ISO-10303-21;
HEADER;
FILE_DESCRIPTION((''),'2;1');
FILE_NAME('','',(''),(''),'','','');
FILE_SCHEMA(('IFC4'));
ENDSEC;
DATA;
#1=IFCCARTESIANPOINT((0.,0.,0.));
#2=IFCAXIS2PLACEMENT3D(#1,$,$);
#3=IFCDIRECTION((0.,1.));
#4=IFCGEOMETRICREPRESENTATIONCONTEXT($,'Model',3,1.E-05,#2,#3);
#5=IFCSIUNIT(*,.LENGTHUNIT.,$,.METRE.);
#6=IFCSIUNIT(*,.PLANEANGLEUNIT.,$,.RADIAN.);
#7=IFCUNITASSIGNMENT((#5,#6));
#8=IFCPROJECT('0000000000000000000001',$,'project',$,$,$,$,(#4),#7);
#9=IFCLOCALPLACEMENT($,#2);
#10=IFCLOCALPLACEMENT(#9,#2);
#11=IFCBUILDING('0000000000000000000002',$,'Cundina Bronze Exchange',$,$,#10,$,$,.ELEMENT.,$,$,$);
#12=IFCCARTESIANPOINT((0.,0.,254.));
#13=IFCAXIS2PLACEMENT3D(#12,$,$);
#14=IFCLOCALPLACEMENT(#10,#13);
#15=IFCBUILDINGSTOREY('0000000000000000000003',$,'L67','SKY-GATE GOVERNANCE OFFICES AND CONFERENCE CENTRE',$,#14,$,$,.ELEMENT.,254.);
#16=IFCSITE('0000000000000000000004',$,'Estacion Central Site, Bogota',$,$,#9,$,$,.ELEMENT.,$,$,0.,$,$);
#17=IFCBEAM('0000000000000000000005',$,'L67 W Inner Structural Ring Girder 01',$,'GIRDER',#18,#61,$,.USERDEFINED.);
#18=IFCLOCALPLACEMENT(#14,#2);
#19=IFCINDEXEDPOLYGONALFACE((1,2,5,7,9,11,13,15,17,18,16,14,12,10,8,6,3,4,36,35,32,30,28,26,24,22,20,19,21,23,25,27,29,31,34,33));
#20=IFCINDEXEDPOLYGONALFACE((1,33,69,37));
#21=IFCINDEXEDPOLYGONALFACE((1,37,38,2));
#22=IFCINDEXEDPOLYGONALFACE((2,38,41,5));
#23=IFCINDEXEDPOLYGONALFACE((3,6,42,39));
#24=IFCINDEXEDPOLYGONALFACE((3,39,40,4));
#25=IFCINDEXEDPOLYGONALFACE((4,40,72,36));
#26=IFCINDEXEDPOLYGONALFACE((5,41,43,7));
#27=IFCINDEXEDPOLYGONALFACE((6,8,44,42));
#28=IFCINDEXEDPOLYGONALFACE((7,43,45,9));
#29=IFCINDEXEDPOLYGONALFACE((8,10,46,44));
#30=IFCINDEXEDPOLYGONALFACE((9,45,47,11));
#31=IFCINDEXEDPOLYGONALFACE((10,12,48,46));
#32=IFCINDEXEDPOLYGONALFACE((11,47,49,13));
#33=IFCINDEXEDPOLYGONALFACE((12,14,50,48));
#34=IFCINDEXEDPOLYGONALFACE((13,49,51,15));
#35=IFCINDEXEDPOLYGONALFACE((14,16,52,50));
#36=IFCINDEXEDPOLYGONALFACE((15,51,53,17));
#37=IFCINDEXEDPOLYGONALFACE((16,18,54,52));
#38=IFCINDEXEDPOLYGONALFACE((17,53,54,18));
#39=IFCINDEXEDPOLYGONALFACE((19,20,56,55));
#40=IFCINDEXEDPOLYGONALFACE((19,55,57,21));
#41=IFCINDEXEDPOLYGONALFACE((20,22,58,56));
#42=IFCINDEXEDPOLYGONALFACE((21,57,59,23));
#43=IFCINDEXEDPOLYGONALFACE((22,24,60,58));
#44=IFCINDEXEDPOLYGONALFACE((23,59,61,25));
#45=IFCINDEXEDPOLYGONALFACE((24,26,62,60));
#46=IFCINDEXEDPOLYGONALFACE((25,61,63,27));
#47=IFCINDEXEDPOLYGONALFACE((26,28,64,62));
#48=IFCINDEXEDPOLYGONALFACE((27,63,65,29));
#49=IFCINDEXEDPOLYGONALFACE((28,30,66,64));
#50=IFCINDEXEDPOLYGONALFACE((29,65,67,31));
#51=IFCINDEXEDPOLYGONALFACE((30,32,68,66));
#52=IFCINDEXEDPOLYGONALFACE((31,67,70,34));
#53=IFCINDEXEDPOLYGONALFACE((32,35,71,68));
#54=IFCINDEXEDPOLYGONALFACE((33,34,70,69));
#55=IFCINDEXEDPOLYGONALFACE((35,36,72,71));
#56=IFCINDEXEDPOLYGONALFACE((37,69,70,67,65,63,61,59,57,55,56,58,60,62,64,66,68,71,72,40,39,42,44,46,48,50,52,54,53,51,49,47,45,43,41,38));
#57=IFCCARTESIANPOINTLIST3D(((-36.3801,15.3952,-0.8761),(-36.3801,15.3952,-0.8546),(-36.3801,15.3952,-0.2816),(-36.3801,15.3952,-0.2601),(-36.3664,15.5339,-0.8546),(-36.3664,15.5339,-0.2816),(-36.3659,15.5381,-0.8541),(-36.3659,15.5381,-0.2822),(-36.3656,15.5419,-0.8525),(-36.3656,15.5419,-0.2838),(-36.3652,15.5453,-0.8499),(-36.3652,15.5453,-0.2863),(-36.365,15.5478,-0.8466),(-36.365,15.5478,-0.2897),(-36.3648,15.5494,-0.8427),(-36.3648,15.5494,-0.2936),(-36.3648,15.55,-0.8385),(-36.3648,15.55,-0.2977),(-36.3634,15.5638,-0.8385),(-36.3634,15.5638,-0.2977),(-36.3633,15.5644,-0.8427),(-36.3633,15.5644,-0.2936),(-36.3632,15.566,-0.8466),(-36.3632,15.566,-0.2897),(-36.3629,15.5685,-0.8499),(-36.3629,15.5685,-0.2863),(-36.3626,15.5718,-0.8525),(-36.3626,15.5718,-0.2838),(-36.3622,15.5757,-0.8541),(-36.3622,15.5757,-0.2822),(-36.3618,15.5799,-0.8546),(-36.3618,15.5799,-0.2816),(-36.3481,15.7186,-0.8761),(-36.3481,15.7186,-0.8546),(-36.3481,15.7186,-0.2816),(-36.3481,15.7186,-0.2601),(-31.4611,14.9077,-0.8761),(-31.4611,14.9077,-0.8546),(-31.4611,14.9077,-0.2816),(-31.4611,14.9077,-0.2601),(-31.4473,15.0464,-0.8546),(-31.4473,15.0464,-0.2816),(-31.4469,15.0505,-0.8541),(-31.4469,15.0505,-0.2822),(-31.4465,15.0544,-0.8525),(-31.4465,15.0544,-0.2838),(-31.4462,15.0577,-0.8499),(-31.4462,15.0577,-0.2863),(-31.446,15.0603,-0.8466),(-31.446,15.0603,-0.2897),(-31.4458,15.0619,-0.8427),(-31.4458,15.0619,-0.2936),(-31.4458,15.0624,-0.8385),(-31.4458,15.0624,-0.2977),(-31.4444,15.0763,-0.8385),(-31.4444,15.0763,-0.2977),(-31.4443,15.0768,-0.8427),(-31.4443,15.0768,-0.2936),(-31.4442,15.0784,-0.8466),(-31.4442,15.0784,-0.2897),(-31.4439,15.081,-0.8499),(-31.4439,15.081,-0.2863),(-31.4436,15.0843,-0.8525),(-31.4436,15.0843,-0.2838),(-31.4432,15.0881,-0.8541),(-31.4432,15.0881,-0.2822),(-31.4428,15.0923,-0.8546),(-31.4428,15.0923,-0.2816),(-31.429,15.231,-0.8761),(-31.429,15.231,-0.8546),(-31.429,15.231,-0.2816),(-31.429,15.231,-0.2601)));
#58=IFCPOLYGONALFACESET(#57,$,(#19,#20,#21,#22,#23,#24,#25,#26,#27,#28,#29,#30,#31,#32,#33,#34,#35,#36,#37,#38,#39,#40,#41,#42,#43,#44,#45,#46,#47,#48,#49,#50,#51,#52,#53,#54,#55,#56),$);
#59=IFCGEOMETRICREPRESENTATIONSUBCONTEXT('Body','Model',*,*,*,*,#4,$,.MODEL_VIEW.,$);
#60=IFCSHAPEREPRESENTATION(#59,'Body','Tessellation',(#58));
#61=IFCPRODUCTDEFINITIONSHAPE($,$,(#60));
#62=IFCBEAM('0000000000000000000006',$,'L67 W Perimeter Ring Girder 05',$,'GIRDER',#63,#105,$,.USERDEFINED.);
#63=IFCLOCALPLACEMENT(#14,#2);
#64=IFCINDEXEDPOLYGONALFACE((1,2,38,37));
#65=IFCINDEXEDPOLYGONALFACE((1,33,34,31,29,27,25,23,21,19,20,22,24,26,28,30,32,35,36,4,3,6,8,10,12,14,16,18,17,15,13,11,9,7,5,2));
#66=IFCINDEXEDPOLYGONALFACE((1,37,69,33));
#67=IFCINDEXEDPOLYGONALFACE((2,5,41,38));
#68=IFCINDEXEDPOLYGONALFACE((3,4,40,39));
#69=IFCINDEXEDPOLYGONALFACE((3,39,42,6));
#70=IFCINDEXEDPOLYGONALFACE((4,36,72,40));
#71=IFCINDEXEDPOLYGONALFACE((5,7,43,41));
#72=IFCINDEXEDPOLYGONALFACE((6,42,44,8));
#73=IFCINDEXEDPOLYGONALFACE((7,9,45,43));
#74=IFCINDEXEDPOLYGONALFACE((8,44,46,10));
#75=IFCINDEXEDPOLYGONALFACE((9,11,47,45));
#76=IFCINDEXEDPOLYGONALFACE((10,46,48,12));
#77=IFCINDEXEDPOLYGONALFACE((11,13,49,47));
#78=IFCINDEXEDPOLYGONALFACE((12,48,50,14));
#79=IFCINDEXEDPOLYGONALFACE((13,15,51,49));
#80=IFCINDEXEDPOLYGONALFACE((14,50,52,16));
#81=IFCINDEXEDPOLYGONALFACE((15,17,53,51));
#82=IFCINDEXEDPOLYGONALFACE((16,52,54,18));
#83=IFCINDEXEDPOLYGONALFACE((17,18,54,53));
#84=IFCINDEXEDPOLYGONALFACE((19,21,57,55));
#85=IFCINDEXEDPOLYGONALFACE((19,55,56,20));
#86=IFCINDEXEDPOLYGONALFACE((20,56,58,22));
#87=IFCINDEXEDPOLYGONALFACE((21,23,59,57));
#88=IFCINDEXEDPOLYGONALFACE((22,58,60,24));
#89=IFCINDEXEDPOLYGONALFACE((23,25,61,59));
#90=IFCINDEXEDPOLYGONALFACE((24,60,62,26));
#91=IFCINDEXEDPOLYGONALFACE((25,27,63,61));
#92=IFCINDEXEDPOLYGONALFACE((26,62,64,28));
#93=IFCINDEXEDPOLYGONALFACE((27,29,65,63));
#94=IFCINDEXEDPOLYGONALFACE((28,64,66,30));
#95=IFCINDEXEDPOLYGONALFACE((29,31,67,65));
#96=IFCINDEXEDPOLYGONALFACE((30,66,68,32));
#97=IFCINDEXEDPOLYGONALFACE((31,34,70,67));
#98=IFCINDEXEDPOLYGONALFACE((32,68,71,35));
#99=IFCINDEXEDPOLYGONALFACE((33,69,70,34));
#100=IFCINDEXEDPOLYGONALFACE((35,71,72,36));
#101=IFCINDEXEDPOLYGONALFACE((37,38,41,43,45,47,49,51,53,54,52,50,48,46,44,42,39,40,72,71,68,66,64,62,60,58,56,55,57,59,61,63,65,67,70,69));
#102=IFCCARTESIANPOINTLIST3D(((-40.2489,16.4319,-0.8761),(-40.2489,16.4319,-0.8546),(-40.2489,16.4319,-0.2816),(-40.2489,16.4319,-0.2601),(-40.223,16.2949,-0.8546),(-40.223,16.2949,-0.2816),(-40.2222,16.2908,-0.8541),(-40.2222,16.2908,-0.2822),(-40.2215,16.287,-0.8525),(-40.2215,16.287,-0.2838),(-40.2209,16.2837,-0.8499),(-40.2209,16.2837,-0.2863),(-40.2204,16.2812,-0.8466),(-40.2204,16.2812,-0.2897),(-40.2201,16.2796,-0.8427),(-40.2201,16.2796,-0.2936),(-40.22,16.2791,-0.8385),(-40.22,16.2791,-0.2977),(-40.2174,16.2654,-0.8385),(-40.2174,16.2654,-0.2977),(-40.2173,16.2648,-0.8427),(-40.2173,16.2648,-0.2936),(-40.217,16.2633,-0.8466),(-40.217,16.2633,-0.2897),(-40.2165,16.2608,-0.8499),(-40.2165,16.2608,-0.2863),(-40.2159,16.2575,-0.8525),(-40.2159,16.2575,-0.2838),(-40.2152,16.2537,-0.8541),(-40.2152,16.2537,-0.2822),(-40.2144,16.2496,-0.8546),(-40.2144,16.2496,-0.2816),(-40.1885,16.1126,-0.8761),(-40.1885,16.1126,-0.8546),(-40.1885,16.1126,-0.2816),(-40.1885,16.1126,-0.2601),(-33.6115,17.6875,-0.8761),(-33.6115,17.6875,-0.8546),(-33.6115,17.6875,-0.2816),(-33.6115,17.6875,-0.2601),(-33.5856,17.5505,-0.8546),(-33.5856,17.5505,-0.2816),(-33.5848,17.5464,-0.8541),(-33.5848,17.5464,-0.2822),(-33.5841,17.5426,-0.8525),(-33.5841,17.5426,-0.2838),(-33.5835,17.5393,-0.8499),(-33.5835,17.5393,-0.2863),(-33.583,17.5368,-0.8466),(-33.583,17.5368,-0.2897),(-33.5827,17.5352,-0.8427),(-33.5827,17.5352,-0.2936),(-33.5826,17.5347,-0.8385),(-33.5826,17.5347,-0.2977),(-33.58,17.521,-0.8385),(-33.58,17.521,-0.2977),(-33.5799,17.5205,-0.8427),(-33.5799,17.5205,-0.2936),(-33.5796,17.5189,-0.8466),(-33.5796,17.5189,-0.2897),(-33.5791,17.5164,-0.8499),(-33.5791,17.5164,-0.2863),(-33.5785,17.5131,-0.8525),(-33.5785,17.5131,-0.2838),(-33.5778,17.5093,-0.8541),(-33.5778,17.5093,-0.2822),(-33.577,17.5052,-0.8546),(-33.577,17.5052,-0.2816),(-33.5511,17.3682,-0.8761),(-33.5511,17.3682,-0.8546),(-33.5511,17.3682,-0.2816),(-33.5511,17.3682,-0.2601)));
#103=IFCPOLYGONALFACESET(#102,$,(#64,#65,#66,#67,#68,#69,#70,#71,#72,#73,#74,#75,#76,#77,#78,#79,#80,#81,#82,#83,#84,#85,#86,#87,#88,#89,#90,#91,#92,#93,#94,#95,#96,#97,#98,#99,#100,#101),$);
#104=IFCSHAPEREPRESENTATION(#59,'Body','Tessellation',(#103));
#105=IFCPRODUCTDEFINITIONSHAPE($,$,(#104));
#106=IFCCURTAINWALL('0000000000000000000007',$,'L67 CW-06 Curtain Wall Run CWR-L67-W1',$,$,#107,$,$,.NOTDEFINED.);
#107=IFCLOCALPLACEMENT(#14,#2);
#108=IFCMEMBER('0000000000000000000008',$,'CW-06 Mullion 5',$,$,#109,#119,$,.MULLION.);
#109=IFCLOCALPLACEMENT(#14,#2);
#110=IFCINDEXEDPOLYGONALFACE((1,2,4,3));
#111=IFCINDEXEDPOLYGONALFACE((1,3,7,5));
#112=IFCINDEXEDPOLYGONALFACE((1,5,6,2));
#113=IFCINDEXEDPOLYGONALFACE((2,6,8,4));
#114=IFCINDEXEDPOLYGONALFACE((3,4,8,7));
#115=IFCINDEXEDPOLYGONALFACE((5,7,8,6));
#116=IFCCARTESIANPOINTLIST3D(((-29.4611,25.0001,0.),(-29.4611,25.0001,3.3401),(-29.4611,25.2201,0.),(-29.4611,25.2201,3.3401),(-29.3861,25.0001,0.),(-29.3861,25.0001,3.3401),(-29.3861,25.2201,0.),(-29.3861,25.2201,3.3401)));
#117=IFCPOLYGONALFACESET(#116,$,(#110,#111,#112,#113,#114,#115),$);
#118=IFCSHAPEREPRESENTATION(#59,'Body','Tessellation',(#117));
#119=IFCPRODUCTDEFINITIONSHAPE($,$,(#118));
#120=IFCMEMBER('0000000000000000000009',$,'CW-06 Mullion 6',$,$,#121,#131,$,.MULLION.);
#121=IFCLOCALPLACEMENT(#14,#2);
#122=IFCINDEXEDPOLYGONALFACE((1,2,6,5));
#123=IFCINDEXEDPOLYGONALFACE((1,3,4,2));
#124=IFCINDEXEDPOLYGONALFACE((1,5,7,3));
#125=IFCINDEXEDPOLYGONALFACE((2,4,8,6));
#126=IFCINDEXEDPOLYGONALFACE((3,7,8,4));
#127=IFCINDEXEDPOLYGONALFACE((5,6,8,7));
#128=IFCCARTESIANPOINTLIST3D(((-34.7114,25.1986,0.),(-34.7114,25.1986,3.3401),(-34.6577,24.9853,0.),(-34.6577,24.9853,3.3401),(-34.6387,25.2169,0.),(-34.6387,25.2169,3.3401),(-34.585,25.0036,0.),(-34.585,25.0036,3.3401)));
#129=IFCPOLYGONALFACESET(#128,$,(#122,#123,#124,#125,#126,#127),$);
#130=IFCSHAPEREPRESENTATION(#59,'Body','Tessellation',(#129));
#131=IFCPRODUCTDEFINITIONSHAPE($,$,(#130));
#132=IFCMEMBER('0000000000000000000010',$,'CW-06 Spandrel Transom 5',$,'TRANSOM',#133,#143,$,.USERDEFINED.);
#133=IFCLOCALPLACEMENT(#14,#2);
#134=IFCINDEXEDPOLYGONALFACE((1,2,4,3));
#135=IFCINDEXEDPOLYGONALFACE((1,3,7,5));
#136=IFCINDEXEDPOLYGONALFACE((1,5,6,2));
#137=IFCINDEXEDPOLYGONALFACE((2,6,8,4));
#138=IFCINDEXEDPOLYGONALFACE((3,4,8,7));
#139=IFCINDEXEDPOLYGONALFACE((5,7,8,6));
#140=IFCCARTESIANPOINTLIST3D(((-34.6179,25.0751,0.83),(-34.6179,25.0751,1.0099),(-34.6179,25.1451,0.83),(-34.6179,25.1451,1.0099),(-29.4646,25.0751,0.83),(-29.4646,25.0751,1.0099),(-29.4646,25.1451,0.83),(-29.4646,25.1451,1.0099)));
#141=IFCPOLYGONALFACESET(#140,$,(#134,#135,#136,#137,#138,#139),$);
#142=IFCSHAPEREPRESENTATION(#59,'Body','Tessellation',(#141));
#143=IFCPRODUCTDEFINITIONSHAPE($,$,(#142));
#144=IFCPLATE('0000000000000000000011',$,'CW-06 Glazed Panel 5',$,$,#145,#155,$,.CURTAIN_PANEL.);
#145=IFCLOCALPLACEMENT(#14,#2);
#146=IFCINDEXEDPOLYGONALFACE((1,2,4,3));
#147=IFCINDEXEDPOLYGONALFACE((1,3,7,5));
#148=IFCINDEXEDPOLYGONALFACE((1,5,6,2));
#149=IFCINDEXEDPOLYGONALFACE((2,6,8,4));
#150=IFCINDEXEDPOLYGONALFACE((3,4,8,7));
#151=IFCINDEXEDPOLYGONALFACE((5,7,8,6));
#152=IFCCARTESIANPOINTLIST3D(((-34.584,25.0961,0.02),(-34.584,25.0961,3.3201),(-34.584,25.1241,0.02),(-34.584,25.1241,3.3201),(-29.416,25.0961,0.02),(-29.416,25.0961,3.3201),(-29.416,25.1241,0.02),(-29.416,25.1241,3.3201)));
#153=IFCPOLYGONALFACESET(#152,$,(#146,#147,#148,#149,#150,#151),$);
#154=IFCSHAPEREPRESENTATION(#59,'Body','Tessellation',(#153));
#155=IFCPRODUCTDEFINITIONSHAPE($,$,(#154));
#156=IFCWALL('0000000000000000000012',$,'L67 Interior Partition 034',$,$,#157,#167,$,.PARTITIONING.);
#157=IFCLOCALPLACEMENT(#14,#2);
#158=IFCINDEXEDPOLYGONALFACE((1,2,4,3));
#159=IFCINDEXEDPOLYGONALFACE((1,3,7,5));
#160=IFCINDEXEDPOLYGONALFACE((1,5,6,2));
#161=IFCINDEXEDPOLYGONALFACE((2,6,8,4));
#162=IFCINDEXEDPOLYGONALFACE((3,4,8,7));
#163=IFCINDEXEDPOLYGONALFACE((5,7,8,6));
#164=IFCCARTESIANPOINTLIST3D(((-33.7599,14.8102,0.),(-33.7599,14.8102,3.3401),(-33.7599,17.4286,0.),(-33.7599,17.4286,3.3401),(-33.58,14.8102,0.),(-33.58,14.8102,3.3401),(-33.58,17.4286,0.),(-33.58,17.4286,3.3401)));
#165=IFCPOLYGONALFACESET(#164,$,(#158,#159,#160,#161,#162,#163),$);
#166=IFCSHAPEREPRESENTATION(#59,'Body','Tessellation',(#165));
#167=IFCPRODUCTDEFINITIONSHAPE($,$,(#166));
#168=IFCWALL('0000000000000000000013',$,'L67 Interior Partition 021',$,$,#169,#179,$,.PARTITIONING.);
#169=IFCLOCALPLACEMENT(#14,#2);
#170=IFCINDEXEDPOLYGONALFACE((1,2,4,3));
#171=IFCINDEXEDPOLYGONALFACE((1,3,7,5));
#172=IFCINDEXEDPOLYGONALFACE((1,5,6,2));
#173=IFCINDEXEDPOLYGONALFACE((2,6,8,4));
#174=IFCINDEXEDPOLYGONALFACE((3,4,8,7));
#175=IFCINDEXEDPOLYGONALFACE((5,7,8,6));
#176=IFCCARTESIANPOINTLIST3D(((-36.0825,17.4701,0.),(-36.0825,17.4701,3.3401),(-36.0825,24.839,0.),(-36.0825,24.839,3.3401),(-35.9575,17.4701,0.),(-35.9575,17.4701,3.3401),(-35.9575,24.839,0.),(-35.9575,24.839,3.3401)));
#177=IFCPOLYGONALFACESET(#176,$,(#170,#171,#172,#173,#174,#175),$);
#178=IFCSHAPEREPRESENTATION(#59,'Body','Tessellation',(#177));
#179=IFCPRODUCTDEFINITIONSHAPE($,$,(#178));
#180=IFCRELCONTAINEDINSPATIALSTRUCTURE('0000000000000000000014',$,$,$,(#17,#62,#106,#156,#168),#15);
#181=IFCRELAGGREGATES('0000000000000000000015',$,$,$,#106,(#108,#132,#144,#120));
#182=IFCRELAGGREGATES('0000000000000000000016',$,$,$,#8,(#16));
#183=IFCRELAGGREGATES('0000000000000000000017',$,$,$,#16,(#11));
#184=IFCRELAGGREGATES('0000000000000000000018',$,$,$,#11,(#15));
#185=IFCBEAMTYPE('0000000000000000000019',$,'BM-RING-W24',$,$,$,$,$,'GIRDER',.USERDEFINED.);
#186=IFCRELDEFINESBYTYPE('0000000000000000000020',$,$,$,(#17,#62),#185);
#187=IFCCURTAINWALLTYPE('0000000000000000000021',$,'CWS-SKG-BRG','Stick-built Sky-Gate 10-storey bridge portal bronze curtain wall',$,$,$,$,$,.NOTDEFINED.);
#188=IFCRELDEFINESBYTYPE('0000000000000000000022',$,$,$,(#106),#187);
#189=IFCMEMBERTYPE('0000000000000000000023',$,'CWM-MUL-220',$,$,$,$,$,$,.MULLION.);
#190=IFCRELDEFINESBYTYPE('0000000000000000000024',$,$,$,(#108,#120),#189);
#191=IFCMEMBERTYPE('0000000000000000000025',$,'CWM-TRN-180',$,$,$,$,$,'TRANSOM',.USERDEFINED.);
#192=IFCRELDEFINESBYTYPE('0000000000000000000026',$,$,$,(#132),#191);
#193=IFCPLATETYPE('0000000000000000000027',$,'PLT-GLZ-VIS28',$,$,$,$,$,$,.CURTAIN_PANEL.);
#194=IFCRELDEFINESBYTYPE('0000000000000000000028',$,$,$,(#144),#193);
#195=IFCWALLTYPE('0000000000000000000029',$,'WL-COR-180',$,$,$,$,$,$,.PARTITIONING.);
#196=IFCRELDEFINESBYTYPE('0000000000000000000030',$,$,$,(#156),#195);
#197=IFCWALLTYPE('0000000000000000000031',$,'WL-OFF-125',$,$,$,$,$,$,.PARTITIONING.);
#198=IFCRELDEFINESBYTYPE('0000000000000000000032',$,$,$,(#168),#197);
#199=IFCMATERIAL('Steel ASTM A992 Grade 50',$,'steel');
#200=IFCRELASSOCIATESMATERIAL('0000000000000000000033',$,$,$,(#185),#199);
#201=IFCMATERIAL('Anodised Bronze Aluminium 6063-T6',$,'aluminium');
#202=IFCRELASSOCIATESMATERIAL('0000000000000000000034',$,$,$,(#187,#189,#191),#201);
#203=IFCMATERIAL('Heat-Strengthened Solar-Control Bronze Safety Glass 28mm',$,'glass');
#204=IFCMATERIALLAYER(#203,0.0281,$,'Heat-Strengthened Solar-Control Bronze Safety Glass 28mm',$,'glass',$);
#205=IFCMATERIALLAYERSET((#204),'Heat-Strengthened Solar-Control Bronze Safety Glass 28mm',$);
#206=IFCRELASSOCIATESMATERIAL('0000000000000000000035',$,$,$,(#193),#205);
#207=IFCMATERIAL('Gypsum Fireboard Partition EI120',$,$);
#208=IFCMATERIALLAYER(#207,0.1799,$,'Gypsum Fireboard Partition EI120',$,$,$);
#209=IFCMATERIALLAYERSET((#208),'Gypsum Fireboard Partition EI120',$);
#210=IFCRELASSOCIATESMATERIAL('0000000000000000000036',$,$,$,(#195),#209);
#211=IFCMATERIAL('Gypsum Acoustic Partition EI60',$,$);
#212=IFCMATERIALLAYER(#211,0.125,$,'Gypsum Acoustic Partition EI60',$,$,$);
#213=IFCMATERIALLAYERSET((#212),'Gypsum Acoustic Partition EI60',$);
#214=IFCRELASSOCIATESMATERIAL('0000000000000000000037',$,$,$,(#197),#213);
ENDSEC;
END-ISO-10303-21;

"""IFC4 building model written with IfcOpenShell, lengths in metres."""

from ifc_helpers import new_model, si_unit, direction, frame, frame_2d, origin, origin_2d, place, context, subcontext, project, spatial, rectangle, i_section, extrude, material, layer, layer_set, material_profile, profile_set, type_object, element, aggregate, save


model = new_model("IFC4")

# Units and contexts
model_context = context("Model", 3, precision=1e-05, world=origin(), true_north=direction((0.0, 1.0)))
body_context = subcontext(model_context, "Body", "Model", "MODEL_VIEW")
ifc_project = project(units=[si_unit("LENGTHUNIT", "METRE"), si_unit("PLANEANGLEUNIT", "RADIAN")], contexts=[model_context])

# Site, building, storey
site_placement = place(None, origin())
site = spatial("IfcSite", under=ifc_project, at=site_placement, Name="Estacion Central Site, Bogota", CompositionType="ELEMENT", RefElevation=0.0)
building_placement = place(site_placement, origin())
building = spatial("IfcBuilding", under=site, at=building_placement, Name="Cundina Bronze Exchange", CompositionType="ELEMENT")
storey_placement = place(building_placement, frame((0.0, 0.0, 254.0)))
storey = spatial("IfcBuildingStorey", under=building, at=storey_placement, Name="L67", Description="SKY-GATE GOVERNANCE OFFICES AND CONFERENCE CENTRE", CompositionType="ELEMENT", Elevation=254.0)

# Shared definitions
ifc_material_1 = material(Name="Steel ASTM A992 Grade 50", Category="steel")

# Beams
ifc_material_profile_1 = material_profile(ifc_material_1, i_section(OverallWidth=0.325, OverallDepth=0.616, WebThickness=0.0139, FlangeThickness=0.0215, FilletRadius=0.0161, at=origin_2d()), Name="W24X117", Category="steel")
ifc_profile_set_1 = profile_set([ifc_material_profile_1], Name="Steel ASTM A992 Grade 50")
beam_type_1 = type_object("IfcBeamType", Name="BM-RING-W24", ElementType="GIRDER", PredefinedType="USERDEFINED", material=ifc_profile_set_1)
beam_1_placement = place(storey_placement, frame((-31.4451, 15.0693, -0.5681), z_axis=(-0.995124, 0.098633, 0.0), x_axis=(-0.098633, -0.995124, 0.0)))
element("IfcBeam", 1, at=beam_1_placement, inside=storey, type_object=beam_type_1, Name="L67 W Inner Structural Ring Girder 01", ObjectType="GIRDER", PredefinedType="USERDEFINED", context=body_context, shape_type="SweptSolid", body=[
    extrude(i_section(OverallWidth=0.325, OverallDepth=0.616, WebThickness=0.0139, FlangeThickness=0.0215, FilletRadius=0.0161, at=origin_2d()), origin(), (0.0, 0.0, 1.0), 4.9431),
])
beam_2_placement = place(storey_placement, frame((-33.5813, 17.5278, -0.5681), z_axis=(-0.982573, -0.185875, 0.0), x_axis=(0.185875, -0.982573, 0.0)))
element("IfcBeam", 2, at=beam_2_placement, inside=storey, type_object=beam_type_1, Name="L67 W Perimeter Ring Girder 05", ObjectType="GIRDER", PredefinedType="USERDEFINED", context=body_context, shape_type="SweptSolid", body=[
    extrude(i_section(OverallWidth=0.325, OverallDepth=0.616, WebThickness=0.0139, FlangeThickness=0.0215, FilletRadius=0.0161, at=origin_2d()), origin(), (0.0, 0.0, 1.0), 6.7551),
])

# Curtain wall, members, plate
ifc_material_2 = material(Name="Anodised Bronze Aluminium 6063-T6", Category="aluminium")
curtain_wall_type = type_object("IfcCurtainWallType", Name="CWS-SKG-BRG", Description="Stick-built Sky-Gate 10-storey bridge portal bronze curtain wall", PredefinedType="NOTDEFINED", material=ifc_material_2)
curtain_wall_placement = place(storey_placement, origin())
curtain_wall = element("IfcCurtainWall", 3, at=curtain_wall_placement, inside=storey, type_object=curtain_wall_type, Name="L67 CW-06 Curtain Wall Run CWR-L67-W1", PredefinedType="NOTDEFINED")
ifc_material_profile_2 = material_profile(ifc_material_2, rectangle(XDim=0.075, YDim=0.22, at=origin_2d()), Name="AL75X220", Category="aluminium")
ifc_profile_set_2 = profile_set([ifc_material_profile_2], Name="Anodised Bronze Aluminium 6063-T6")
member_type_1 = type_object("IfcMemberType", Name="CWM-MUL-220", PredefinedType="MULLION", material=ifc_profile_set_2)
member_1_placement = place(storey_placement, frame((-29.4236, 25.1101, 0.0), z_axis=(0.0, 0.0, 1.0), x_axis=(-1.0, 0.0, 0.0)))
member_1 = element("IfcMember", 4, at=member_1_placement, type_object=member_type_1, Name="CW-06 Mullion 5", PredefinedType="MULLION", context=body_context, shape_type="SweptSolid", body=[
    extrude(rectangle(XDim=0.075, YDim=0.22, at=origin_2d()), origin(), (0.0, 0.0, 1.0), 3.3401),
])
member_2_placement = place(storey_placement, frame((-34.6482, 25.1011, 0.0), z_axis=(0.0, 0.0, 1.0), x_axis=(-0.969744, -0.244123, 0.0)))
member_2 = element("IfcMember", 5, at=member_2_placement, type_object=member_type_1, Name="CW-06 Mullion 6", PredefinedType="MULLION", context=body_context, shape_type="SweptSolid", body=[
    extrude(rectangle(XDim=0.075, YDim=0.22, at=origin_2d()), origin(), (0.0, 0.0, 1.0), 3.3401),
])
ifc_material_profile_3 = material_profile(ifc_material_2, rectangle(XDim=0.0701, YDim=0.1799, at=origin_2d()), Name="AL70X180", Category="aluminium")
ifc_profile_set_3 = profile_set([ifc_material_profile_3], Name="Anodised Bronze Aluminium 6063-T6")
member_type_2 = type_object("IfcMemberType", Name="CWM-TRN-180", ElementType="TRANSOM", PredefinedType="USERDEFINED", material=ifc_profile_set_3)
member_3_placement = place(storey_placement, frame((-29.4646, 25.1101, 0.9199), z_axis=(-1.0, 0.0, 0.0), x_axis=(0.0, -1.0, 0.0)))
member_3 = element("IfcMember", 6, at=member_3_placement, type_object=member_type_2, Name="CW-06 Spandrel Transom 5", ObjectType="TRANSOM", PredefinedType="USERDEFINED", context=body_context, shape_type="SweptSolid", body=[
    extrude(rectangle(XDim=0.0701, YDim=0.1799, at=origin_2d()), origin(), (0.0, 0.0, 1.0), 5.1533),
])
ifc_material_3 = material(Name="Heat-Strengthened Solar-Control Bronze Safety Glass 28mm", Category="glass")
ifc_layer_1 = layer(ifc_material_3, 0.0281, Name="Heat-Strengthened Solar-Control Bronze Safety Glass 28mm", Category="glass")
ifc_layer_set_1 = layer_set([ifc_layer_1], Name="Heat-Strengthened Solar-Control Bronze Safety Glass 28mm")
plate_type = type_object("IfcPlateType", Name="PLT-GLZ-VIS28", PredefinedType="CURTAIN_PANEL", material=ifc_layer_set_1)
plate_placement = place(storey_placement, frame((-32.0, 25.1101, 0.02), z_axis=(0.0, 0.0, 1.0), x_axis=(-1.0, 0.0, 0.0)))
plate = element("IfcPlate", 7, at=plate_placement, type_object=plate_type, Name="CW-06 Glazed Panel 5", PredefinedType="CURTAIN_PANEL", context=body_context, shape_type="SweptSolid", body=[
    extrude(rectangle(XDim=5.168, YDim=0.0281, at=origin_2d()), origin(), (0.0, 0.0, 1.0), 3.3),
])
aggregate(curtain_wall, [member_1, member_3, plate, member_2])

# Walls
ifc_material_4 = material(Name="Gypsum Fireboard Partition EI120")
ifc_layer_2 = layer(ifc_material_4, 0.1799, Name="Gypsum Fireboard Partition EI120")
ifc_layer_set_2 = layer_set([ifc_layer_2], Name="Gypsum Fireboard Partition EI120")
wall_type_1 = type_object("IfcWallType", Name="WL-COR-180", PredefinedType="PARTITIONING", material=ifc_layer_set_2)
wall_1_placement = place(storey_placement, frame((-33.6699, 17.4285, 0.0), z_axis=(0.0, 0.0, 1.0), x_axis=(0.0, -1.0, 0.0)))
element("IfcWall", 8, at=wall_1_placement, inside=storey, type_object=wall_type_1, Name="L67 Interior Partition 034", PredefinedType="PARTITIONING", context=body_context, shape_type="SweptSolid", body=[
    extrude(rectangle(XDim=2.6184, YDim=0.1799, at=frame_2d((1.3091, 0.0))), origin(), (0.0, 0.0, 1.0), 3.3401),
])
ifc_material_5 = material(Name="Gypsum Acoustic Partition EI60")
ifc_layer_3 = layer(ifc_material_5, 0.125, Name="Gypsum Acoustic Partition EI60")
ifc_layer_set_3 = layer_set([ifc_layer_3], Name="Gypsum Acoustic Partition EI60")
wall_type_2 = type_object("IfcWallType", Name="WL-OFF-125", PredefinedType="PARTITIONING", material=ifc_layer_set_3)
wall_2_placement = place(storey_placement, frame((-36.02, 17.47, 0.0), z_axis=(0.0, 0.0, 1.0), x_axis=(0.0, 1.0, 0.0)))
element("IfcWall", 9, at=wall_2_placement, inside=storey, type_object=wall_type_2, Name="L67 Interior Partition 021", PredefinedType="PARTITIONING", context=body_context, shape_type="SweptSolid", body=[
    extrude(rectangle(XDim=7.3689, YDim=0.125, at=frame_2d((3.6846, 0.0))), origin(), (0.0, 0.0, 1.0), 3.3401),
])

save(model, "model.ifc")
